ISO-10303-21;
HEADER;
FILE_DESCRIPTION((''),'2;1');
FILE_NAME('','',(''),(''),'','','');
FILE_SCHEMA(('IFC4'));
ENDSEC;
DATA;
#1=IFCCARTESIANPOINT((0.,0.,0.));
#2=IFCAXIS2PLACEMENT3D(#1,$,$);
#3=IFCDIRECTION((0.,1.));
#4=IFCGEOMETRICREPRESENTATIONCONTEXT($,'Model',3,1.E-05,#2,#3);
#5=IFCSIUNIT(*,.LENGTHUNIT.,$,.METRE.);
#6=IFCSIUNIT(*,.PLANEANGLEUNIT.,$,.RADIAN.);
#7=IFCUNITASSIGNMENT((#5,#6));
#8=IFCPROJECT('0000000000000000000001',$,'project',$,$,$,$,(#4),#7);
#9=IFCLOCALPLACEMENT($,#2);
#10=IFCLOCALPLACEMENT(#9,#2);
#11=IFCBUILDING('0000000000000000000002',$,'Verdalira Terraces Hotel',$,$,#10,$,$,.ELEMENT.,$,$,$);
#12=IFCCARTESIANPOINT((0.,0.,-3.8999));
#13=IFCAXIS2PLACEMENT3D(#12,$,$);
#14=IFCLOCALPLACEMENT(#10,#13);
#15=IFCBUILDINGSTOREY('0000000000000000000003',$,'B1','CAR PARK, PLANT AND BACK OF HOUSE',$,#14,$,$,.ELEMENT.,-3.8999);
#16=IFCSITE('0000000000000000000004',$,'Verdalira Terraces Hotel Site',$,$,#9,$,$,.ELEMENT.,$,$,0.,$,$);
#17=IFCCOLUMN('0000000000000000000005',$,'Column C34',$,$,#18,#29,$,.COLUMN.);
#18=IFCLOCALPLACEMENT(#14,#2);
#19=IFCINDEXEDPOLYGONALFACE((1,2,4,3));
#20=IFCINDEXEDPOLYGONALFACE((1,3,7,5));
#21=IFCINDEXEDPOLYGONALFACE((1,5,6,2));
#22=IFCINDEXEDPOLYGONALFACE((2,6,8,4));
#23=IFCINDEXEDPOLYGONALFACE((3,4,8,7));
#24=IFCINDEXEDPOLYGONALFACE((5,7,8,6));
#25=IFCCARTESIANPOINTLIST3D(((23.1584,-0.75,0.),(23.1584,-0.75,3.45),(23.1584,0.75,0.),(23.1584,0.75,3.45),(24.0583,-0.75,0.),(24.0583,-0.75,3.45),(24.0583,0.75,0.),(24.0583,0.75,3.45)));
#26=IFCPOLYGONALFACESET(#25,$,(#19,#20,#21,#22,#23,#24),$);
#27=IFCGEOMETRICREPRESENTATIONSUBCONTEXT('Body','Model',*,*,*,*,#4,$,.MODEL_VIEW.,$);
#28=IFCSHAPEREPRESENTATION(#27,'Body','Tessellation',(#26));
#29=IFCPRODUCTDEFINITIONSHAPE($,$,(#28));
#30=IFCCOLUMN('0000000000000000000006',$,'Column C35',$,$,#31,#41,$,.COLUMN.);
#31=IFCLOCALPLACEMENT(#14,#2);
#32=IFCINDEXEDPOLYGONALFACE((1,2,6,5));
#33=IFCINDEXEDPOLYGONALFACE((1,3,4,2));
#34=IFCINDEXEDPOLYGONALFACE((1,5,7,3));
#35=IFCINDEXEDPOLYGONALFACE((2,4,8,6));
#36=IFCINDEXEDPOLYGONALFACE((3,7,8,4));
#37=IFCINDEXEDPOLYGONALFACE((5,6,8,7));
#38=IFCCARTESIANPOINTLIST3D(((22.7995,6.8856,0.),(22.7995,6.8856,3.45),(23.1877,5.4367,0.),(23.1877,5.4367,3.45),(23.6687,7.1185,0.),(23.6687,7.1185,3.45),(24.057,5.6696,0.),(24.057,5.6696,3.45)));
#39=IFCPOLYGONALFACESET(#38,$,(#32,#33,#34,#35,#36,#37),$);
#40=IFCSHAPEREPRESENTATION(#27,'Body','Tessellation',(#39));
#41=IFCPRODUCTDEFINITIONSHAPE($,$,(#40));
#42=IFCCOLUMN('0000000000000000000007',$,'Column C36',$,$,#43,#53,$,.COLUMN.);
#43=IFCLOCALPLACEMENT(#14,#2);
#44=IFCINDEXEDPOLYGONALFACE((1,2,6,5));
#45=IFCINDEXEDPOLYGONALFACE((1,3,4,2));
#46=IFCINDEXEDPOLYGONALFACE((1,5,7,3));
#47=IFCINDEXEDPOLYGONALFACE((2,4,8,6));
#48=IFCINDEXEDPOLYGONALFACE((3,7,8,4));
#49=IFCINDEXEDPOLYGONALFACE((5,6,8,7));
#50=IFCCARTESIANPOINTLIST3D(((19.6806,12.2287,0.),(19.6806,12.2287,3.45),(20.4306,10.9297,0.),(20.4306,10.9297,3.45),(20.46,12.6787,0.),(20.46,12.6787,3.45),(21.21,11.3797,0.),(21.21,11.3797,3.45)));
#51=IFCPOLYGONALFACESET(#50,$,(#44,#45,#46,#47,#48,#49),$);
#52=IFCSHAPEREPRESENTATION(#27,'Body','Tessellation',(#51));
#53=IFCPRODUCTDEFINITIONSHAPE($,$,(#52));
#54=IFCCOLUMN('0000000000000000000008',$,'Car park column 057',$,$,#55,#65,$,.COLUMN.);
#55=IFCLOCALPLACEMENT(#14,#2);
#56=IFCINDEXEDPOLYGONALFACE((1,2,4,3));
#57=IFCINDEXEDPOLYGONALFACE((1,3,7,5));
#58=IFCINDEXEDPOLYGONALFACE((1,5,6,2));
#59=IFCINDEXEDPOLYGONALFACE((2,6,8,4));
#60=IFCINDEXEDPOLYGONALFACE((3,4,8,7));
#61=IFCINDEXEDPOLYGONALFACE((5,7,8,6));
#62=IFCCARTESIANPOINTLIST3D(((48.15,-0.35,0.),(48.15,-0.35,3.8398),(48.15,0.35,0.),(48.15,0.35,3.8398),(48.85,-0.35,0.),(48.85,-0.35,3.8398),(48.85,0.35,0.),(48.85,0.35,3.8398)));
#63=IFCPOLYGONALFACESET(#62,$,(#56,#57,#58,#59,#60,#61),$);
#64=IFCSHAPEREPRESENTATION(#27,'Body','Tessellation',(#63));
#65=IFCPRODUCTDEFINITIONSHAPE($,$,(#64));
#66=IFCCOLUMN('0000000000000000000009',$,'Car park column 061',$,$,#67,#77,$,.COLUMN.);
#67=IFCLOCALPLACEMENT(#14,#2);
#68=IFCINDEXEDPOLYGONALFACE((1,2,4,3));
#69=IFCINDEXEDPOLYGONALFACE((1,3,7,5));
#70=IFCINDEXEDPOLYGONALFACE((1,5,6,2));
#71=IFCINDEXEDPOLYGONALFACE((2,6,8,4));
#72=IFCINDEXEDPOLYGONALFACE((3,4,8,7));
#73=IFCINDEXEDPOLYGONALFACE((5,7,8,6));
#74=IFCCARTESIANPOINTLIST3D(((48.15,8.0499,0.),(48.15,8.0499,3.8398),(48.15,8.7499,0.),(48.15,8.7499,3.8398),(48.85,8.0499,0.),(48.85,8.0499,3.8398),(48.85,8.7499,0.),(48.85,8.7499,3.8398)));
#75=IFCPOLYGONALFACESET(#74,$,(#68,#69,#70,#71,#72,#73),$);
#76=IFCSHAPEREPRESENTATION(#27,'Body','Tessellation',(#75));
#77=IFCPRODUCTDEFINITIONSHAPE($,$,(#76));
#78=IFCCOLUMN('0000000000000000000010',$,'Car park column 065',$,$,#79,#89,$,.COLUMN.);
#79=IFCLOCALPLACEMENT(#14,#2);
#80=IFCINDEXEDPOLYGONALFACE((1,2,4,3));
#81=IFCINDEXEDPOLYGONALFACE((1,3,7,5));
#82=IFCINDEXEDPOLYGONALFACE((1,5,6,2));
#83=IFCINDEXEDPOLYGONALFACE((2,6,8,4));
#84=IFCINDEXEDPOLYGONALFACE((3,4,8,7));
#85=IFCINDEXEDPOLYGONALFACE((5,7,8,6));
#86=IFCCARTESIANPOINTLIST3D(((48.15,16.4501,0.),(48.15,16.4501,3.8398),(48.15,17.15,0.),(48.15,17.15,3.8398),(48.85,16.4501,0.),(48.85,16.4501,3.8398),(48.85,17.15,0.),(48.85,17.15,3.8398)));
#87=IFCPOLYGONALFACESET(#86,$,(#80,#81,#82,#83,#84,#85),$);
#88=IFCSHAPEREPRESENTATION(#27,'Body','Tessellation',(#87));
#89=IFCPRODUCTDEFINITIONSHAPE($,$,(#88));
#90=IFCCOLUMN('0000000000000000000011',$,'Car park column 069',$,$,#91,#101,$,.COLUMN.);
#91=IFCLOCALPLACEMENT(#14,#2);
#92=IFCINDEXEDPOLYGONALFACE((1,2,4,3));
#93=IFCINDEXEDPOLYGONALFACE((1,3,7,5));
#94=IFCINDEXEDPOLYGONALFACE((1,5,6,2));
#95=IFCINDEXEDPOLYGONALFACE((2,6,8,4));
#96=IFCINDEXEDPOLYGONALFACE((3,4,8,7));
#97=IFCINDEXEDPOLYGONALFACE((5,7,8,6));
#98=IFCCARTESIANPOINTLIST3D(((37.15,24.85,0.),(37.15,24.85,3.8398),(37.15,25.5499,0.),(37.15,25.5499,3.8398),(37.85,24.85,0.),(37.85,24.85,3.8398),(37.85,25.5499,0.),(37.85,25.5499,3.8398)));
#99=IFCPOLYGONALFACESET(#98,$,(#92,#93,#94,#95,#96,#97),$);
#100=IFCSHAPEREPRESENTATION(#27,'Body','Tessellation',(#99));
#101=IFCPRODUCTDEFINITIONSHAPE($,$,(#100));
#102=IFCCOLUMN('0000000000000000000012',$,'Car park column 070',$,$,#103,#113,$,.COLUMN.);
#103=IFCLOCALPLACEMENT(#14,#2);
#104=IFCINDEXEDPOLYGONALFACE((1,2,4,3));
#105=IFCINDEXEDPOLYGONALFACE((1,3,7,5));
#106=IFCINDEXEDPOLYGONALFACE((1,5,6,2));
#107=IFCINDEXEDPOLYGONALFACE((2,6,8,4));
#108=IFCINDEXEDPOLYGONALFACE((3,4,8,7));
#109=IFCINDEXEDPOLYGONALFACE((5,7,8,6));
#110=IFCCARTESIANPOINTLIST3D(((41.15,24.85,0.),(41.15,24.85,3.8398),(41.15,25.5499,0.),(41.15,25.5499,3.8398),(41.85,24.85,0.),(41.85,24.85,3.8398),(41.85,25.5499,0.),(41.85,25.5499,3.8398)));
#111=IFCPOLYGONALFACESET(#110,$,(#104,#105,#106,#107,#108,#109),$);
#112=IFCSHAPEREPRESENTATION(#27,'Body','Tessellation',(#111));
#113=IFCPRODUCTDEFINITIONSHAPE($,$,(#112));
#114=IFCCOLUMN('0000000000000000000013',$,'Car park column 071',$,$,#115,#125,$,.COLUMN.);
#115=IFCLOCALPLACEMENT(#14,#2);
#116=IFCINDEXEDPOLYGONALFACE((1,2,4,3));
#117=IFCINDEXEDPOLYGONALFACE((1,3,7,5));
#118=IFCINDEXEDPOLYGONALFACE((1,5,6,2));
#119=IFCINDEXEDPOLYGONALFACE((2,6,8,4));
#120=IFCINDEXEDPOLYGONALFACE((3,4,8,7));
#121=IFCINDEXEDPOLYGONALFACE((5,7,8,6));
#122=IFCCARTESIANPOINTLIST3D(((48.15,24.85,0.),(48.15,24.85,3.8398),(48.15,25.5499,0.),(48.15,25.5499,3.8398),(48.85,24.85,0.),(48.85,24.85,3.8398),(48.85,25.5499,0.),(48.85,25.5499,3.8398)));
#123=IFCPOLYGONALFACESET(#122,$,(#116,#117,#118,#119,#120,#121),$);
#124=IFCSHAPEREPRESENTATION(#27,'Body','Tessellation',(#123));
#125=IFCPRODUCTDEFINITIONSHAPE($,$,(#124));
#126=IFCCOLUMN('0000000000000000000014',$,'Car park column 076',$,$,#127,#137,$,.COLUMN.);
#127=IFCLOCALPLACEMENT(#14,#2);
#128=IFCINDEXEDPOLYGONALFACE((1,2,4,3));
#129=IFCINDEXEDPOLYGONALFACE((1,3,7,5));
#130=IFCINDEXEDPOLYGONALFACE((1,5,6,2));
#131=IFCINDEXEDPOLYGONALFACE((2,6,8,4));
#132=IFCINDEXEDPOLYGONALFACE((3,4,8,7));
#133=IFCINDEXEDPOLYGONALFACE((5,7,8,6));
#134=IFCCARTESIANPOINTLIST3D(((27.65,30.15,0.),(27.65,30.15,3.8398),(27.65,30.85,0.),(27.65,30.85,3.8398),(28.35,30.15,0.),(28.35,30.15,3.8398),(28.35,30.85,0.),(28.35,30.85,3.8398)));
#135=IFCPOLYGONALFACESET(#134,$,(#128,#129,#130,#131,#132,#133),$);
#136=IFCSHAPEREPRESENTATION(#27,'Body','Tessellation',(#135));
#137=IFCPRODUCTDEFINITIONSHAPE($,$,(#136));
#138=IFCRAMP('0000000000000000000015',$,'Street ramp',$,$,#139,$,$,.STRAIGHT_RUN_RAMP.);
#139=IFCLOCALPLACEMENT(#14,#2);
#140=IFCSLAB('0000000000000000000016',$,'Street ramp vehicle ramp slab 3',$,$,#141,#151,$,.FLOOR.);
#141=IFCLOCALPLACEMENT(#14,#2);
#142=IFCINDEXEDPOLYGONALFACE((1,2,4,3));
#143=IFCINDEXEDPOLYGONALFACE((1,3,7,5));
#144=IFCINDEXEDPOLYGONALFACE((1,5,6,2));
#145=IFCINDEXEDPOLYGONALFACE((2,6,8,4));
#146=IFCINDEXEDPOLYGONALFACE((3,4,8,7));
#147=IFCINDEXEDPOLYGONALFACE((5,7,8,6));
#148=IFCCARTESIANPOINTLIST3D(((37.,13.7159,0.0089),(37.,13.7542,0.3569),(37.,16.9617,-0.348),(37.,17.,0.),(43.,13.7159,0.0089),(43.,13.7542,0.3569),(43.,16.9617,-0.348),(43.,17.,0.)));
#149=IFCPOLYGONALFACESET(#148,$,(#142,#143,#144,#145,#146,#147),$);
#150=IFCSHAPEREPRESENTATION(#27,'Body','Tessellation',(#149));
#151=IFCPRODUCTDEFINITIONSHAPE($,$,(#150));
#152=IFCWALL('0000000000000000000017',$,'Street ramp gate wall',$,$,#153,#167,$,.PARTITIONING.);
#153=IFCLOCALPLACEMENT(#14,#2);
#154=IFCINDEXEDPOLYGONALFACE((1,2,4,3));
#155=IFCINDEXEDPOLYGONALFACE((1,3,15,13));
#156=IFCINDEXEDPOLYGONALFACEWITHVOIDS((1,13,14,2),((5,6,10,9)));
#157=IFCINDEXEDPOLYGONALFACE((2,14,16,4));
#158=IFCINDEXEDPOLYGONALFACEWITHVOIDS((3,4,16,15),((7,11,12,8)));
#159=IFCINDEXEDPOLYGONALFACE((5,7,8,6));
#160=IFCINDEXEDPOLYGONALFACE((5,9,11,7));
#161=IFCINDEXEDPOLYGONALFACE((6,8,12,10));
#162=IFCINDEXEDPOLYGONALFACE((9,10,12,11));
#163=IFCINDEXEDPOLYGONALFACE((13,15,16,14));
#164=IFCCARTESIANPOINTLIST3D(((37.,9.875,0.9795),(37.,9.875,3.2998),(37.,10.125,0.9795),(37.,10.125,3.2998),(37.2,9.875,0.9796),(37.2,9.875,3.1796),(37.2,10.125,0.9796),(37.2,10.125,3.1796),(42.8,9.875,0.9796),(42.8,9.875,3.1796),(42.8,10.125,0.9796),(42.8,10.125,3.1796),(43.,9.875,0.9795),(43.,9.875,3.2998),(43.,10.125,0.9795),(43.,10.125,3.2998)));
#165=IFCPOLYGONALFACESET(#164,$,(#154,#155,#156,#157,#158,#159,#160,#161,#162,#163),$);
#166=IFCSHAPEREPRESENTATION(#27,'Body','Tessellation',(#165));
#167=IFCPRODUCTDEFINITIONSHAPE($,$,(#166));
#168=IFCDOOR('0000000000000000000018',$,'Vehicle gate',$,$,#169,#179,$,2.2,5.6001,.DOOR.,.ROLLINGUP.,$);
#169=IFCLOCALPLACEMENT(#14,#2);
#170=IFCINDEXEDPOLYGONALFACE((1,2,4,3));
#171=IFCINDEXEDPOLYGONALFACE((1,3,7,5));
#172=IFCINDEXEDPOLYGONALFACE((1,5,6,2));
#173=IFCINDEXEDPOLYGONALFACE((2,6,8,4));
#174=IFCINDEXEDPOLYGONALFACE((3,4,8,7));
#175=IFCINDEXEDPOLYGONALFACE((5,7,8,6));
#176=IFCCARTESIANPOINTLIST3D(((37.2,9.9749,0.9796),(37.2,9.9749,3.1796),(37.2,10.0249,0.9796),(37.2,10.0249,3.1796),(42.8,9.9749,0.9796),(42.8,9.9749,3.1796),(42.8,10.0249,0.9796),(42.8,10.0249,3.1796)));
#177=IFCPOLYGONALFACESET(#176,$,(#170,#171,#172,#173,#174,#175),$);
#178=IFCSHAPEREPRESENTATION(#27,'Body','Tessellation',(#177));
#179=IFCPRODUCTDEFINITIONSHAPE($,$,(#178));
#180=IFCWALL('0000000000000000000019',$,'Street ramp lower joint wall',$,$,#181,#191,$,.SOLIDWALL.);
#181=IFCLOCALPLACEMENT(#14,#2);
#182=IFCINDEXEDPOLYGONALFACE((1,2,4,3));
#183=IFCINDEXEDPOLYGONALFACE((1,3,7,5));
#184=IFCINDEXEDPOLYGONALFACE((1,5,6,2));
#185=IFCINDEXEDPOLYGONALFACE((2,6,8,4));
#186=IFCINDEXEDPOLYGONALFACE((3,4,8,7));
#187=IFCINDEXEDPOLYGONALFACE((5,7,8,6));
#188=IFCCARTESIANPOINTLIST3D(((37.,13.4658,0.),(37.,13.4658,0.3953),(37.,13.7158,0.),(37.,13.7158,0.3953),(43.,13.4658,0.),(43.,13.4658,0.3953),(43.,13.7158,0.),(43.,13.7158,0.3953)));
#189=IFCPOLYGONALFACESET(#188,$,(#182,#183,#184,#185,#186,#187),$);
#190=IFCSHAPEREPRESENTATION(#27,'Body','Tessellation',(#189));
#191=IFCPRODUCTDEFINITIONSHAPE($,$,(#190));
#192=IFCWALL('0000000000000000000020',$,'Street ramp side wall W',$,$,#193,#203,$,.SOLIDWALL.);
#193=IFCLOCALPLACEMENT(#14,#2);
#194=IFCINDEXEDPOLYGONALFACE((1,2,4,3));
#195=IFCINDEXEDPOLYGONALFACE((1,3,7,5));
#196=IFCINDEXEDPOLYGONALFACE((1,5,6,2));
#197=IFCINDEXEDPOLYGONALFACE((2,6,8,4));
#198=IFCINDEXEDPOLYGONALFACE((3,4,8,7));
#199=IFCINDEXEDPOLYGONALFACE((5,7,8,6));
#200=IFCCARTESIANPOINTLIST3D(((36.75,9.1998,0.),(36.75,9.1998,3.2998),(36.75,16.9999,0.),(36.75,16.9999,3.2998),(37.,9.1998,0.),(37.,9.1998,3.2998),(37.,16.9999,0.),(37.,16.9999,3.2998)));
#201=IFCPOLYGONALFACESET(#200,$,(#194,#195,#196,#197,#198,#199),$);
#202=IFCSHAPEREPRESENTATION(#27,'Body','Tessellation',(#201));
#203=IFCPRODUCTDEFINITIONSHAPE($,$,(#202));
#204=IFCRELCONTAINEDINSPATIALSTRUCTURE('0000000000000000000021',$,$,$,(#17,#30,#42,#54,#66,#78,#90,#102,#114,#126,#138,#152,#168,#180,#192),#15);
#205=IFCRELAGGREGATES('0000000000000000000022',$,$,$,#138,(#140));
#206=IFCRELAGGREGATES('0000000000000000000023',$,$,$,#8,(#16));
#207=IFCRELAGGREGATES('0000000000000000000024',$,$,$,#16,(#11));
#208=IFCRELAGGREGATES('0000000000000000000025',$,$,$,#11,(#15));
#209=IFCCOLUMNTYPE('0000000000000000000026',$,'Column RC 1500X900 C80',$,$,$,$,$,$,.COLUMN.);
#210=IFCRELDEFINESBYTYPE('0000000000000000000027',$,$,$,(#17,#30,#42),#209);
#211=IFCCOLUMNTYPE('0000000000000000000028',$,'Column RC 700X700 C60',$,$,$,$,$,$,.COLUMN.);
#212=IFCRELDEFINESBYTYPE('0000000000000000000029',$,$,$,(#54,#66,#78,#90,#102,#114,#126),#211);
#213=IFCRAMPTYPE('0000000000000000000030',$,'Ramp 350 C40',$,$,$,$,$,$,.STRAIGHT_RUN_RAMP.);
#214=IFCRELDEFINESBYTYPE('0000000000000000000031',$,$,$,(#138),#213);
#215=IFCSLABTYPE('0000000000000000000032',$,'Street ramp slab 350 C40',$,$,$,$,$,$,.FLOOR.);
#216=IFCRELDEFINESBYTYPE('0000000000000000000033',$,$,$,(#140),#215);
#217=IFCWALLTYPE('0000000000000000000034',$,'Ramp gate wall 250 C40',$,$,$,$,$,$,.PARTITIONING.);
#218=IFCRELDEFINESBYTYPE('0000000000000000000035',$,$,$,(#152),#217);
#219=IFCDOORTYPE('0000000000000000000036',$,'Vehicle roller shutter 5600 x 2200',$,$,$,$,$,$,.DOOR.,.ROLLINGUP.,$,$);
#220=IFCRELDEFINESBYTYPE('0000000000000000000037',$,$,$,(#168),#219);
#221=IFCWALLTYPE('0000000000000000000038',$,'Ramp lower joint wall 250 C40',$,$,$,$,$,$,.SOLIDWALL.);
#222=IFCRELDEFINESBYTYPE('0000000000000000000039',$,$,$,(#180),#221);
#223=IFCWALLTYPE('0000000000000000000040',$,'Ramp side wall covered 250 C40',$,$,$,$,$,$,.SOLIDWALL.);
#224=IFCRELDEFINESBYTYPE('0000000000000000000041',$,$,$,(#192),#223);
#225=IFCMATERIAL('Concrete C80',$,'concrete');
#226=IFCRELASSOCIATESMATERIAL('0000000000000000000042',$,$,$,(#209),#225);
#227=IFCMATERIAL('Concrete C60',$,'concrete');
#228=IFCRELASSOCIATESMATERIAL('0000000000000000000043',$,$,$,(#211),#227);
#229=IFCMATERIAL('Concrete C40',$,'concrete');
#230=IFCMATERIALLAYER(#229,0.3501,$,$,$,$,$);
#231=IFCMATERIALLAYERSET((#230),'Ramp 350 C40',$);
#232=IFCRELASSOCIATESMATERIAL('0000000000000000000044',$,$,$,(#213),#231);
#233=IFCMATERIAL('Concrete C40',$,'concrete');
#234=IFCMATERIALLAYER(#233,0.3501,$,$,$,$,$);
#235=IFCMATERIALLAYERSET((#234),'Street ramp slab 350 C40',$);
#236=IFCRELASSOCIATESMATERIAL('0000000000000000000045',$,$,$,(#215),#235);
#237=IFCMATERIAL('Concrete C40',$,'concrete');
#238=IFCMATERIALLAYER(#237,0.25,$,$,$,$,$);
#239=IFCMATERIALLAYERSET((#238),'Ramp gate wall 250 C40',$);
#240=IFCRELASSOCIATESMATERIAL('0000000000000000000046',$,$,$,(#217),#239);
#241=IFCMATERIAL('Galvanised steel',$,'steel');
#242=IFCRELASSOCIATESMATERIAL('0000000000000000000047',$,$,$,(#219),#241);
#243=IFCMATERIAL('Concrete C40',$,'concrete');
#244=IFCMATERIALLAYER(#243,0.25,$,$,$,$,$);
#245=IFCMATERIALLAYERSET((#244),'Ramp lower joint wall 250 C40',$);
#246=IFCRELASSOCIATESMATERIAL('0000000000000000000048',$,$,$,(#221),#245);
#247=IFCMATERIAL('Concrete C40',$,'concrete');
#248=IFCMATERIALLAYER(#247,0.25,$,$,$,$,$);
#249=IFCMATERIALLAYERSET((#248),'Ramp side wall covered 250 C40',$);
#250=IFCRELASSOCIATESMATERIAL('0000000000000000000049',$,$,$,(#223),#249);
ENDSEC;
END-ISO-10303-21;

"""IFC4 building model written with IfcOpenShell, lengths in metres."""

from ifc_helpers import new_model, si_unit, direction, frame, frame_2d, origin, origin_2d, place, context, subcontext, project, spatial, polyline, rectangle, outline, extrude, material, layer, layer_set, material_profile, profile_set, type_object, element, fill, aggregate, save


model = new_model("IFC4")

# Units and contexts
model_context = context("Model", 3, precision=1e-05, world=origin(), true_north=direction((0.0, 1.0)))
body_context = subcontext(model_context, "Body", "Model", "MODEL_VIEW")
ifc_project = project(units=[si_unit("LENGTHUNIT", "METRE"), si_unit("PLANEANGLEUNIT", "RADIAN")], contexts=[model_context])

# Site, building, storey
site_placement = place(None, origin())
site = spatial("IfcSite", under=ifc_project, at=site_placement, Name="Verdalira Terraces Hotel Site", CompositionType="ELEMENT", RefElevation=0.0)
building_placement = place(site_placement, origin())
building = spatial("IfcBuilding", under=site, at=building_placement, Name="Verdalira Terraces Hotel", CompositionType="ELEMENT")
storey_placement = place(building_placement, frame((0.0, 0.0, -3.8999)))
storey = spatial("IfcBuildingStorey", under=building, at=storey_placement, Name="B1", Description="CAR PARK, PLANT AND BACK OF HOUSE", CompositionType="ELEMENT", Elevation=-3.8999)

# Columns
ifc_material_1 = material(Name="Concrete C80", Category="concrete")
ifc_material_profile_1 = material_profile(ifc_material_1, rectangle(XDim=1.5, YDim=0.8999, at=origin_2d()), Name="RC 1500X900")
ifc_profile_set_1 = profile_set([ifc_material_profile_1], Name="Concrete C80")
column_type_1 = type_object("IfcColumnType", Name="Column RC 1500X900 C80", PredefinedType="COLUMN", material=ifc_profile_set_1)
for number, where, z_axis, x_axis, name in (
    (1, (23.6084, 0.0, 0.0), (0.0, 0.0, 1.0), (0.0, 1.0, 0.0), "Column C34"),
    (2, (23.4282, 6.2776, 0.0), (0.0, 0.0, 1.0), (0.258819, -0.965926, 0.0), "Column C35"),
    (3, (20.4453, 11.8042, 0.0), (0.0, 0.0, 1.0), (-0.5, 0.866025, 0.0), "Column C36"),
):
    element("IfcColumn", number, at=place(storey_placement, frame(where, z_axis=z_axis, x_axis=x_axis)), inside=storey, type_object=column_type_1, Name=name, PredefinedType="COLUMN", context=body_context, shape_type="SweptSolid", body=[
        extrude(rectangle(XDim=1.5, YDim=0.8999, at=origin_2d()), origin(), (0.0, 0.0, 1.0), 3.45),
    ])
ifc_material_2 = material(Name="Concrete C60", Category="concrete")
ifc_material_profile_2 = material_profile(ifc_material_2, rectangle(XDim=0.7, YDim=0.7, at=origin_2d()), Name="RC 700X700")
ifc_profile_set_2 = profile_set([ifc_material_profile_2], Name="Concrete C60")
column_type_2 = type_object("IfcColumnType", Name="Column RC 700X700 C60", PredefinedType="COLUMN", material=ifc_profile_set_2)
for number, where, z_axis, x_axis, name in (
    (4, (48.5, 0.0, 0.0), (0.0, 0.0, 1.0), (1.0, 0.0, 0.0), "Car park column 057"),
    (5, (48.5, 8.3999, 0.0), (0.0, 0.0, 1.0), (1.0, 0.0, 0.0), "Car park column 061"),
    (6, (48.5, 16.8, 0.0), (0.0, 0.0, 1.0), (1.0, 0.0, 0.0), "Car park column 065"),
    (7, (37.5, 25.2, 0.0), (0.0, 0.0, 1.0), (1.0, 0.0, 0.0), "Car park column 069"),
    (8, (41.5, 25.2, 0.0), (0.0, 0.0, 1.0), (1.0, 0.0, 0.0), "Car park column 070"),
    (9, (48.5, 25.2, 0.0), (0.0, 0.0, 1.0), (1.0, 0.0, 0.0), "Car park column 071"),
    (10, (28.0, 30.5, 0.0), (0.0, 0.0, 1.0), (1.0, 0.0, 0.0), "Car park column 076"),
):
    element("IfcColumn", number, at=place(storey_placement, frame(where, z_axis=z_axis, x_axis=x_axis)), inside=storey, type_object=column_type_2, Name=name, PredefinedType="COLUMN", context=body_context, shape_type="SweptSolid", body=[
        extrude(rectangle(XDim=0.7, YDim=0.7, at=origin_2d()), origin(), (0.0, 0.0, 1.0), 3.8398),
    ])

# Ramp, slab
ifc_material_3 = material(Name="Concrete C40", Category="concrete")
ifc_layer_1 = layer(ifc_material_3, 0.3501)
ifc_layer_set_1 = layer_set([ifc_layer_1], Name="Ramp 350 C40")
ramp_type = type_object("IfcRampType", Name="Ramp 350 C40", PredefinedType="STRAIGHT_RUN_RAMP", material=ifc_layer_set_1)
ramp_placement = place(storey_placement, origin())
ramp = element("IfcRamp", 11, at=ramp_placement, inside=storey, type_object=ramp_type, Name="Street ramp", PredefinedType="STRAIGHT_RUN_RAMP")
ifc_material_4 = material(Name="Concrete C40", Category="concrete")
ifc_layer_2 = layer(ifc_material_4, 0.3501)
ifc_layer_set_2 = layer_set([ifc_layer_2], Name="Street ramp slab 350 C40")
slab_type = type_object("IfcSlabType", Name="Street ramp slab 350 C40", PredefinedType="FLOOR", material=ifc_layer_set_2)
slab_placement = place(storey_placement, frame((43.0, 13.7541, 0.3569), z_axis=(0.0, 0.109307, 0.994008), x_axis=(-1.0, 0.0, 0.0)))
slab = element("IfcSlab", 12, at=slab_placement, type_object=slab_type, Name="Street ramp vehicle ramp slab 3", PredefinedType="FLOOR", context=body_context, shape_type="SweptSolid", body=[
    extrude(outline(polyline([(0.0, 0.0), (6.0, 0.0), (6.0, -3.2654), (0.0, -3.2654), (0.0, 0.0)])), origin(), (0.0, 0.0, -1.0), 0.3501),
])
aggregate(ramp, [slab])

# Wall, opening, door
ifc_material_5 = material(Name="Concrete C40", Category="concrete")
ifc_layer_3 = layer(ifc_material_5, 0.25)
ifc_layer_set_3 = layer_set([ifc_layer_3], Name="Ramp gate wall 250 C40")
wall_type_1 = type_object("IfcWallType", Name="Ramp gate wall 250 C40", PredefinedType="PARTITIONING", material=ifc_layer_set_3)
wall_1_placement = place(storey_placement, frame((37.0, 10.0, 0.9795), z_axis=(0.0, 0.0, 1.0), x_axis=(1.0, 0.0, 0.0)))
wall_1 = element("IfcWall", 13, at=wall_1_placement, inside=storey, type_object=wall_type_1, Name="Street ramp gate wall", PredefinedType="PARTITIONING", context=body_context, shape_type="SweptSolid", body=[
    extrude(rectangle(XDim=6.0, YDim=0.25, at=frame_2d((3.0, 0.0))), origin(), (0.0, 0.0, 1.0), 2.3203),
])
opening_1_placement = place(wall_1_placement, frame((0.2, 0.0, 0.0)))
opening_1 = element("IfcOpeningElement", 14, at=opening_1_placement, cuts=wall_1, PredefinedType="OPENING", context=body_context, shape_type="SweptSolid", body=[
    extrude(rectangle(XDim=5.6001, YDim=2.2, at=frame_2d((2.8, 1.1001))), frame((0.0, 0.135, 0.0), z_axis=(0.0, -1.0, 0.0), x_axis=(1.0, 0.0, 0.0)), (0.0, 0.0, 1.0), 0.27),
])
ifc_material_6 = material(Name="Galvanised steel", Category="steel")
door_type_1 = type_object("IfcDoorType", Name="Vehicle roller shutter 5600 x 2200", OperationType="ROLLINGUP", PredefinedType="DOOR", material=ifc_material_6)
door_1_placement = place(opening_1_placement, origin())
door_1 = element("IfcDoor", 15, at=door_1_placement, inside=storey, type_object=door_type_1, Name="Vehicle gate", OperationType="ROLLINGUP", OverallHeight=2.2, OverallWidth=5.6001, PredefinedType="DOOR", context=body_context, shape_type="SweptSolid", body=[
    extrude(rectangle(XDim=5.6001, YDim=2.2, at=frame_2d((2.8, 1.1001))), frame((0.0, 0.0249, 0.0), z_axis=(0.0, -1.0, 0.0), x_axis=(1.0, 0.0, 0.0)), (0.0, 0.0, 1.0), 0.05),
])
fill(opening_1, door_1)

# Walls
ifc_material_7 = material(Name="Concrete C40", Category="concrete")
ifc_layer_4 = layer(ifc_material_7, 0.25)
ifc_layer_set_4 = layer_set([ifc_layer_4], Name="Ramp lower joint wall 250 C40")
wall_type_2 = type_object("IfcWallType", Name="Ramp lower joint wall 250 C40", PredefinedType="SOLIDWALL", material=ifc_layer_set_4)
wall_2_placement = place(storey_placement, frame((37.0, 13.5908, 0.0), z_axis=(0.0, 0.0, 1.0), x_axis=(1.0, 0.0, 0.0)))
element("IfcWall", 16, at=wall_2_placement, inside=storey, type_object=wall_type_2, Name="Street ramp lower joint wall", PredefinedType="SOLIDWALL", context=body_context, shape_type="SweptSolid", body=[
    extrude(rectangle(XDim=6.0, YDim=0.25, at=frame_2d((3.0, 0.0))), origin(), (0.0, 0.0, 1.0), 0.3953),
])
ifc_material_8 = material(Name="Concrete C40", Category="concrete")
ifc_layer_5 = layer(ifc_material_8, 0.25)
ifc_layer_set_5 = layer_set([ifc_layer_5], Name="Ramp side wall covered 250 C40")
wall_type_3 = type_object("IfcWallType", Name="Ramp side wall covered 250 C40", PredefinedType="SOLIDWALL", material=ifc_layer_set_5)
for number, where, z_axis, x_axis, name in (
    (17, (36.875, 9.2, 0.0), (0.0, 0.0, 1.0), (0.0, 1.0, 0.0), "Street ramp side wall W"),
):
    element("IfcWall", number, at=place(storey_placement, frame(where, z_axis=z_axis, x_axis=x_axis)), inside=storey, type_object=wall_type_3, Name=name, PredefinedType="SOLIDWALL", context=body_context, shape_type="SweptSolid", body=[
        extrude(rectangle(XDim=7.8, YDim=0.25, at=frame_2d((3.8999, 0.0))), origin(), (0.0, 0.0, 1.0), 3.2998),
    ])

save(model, "model.ifc")
